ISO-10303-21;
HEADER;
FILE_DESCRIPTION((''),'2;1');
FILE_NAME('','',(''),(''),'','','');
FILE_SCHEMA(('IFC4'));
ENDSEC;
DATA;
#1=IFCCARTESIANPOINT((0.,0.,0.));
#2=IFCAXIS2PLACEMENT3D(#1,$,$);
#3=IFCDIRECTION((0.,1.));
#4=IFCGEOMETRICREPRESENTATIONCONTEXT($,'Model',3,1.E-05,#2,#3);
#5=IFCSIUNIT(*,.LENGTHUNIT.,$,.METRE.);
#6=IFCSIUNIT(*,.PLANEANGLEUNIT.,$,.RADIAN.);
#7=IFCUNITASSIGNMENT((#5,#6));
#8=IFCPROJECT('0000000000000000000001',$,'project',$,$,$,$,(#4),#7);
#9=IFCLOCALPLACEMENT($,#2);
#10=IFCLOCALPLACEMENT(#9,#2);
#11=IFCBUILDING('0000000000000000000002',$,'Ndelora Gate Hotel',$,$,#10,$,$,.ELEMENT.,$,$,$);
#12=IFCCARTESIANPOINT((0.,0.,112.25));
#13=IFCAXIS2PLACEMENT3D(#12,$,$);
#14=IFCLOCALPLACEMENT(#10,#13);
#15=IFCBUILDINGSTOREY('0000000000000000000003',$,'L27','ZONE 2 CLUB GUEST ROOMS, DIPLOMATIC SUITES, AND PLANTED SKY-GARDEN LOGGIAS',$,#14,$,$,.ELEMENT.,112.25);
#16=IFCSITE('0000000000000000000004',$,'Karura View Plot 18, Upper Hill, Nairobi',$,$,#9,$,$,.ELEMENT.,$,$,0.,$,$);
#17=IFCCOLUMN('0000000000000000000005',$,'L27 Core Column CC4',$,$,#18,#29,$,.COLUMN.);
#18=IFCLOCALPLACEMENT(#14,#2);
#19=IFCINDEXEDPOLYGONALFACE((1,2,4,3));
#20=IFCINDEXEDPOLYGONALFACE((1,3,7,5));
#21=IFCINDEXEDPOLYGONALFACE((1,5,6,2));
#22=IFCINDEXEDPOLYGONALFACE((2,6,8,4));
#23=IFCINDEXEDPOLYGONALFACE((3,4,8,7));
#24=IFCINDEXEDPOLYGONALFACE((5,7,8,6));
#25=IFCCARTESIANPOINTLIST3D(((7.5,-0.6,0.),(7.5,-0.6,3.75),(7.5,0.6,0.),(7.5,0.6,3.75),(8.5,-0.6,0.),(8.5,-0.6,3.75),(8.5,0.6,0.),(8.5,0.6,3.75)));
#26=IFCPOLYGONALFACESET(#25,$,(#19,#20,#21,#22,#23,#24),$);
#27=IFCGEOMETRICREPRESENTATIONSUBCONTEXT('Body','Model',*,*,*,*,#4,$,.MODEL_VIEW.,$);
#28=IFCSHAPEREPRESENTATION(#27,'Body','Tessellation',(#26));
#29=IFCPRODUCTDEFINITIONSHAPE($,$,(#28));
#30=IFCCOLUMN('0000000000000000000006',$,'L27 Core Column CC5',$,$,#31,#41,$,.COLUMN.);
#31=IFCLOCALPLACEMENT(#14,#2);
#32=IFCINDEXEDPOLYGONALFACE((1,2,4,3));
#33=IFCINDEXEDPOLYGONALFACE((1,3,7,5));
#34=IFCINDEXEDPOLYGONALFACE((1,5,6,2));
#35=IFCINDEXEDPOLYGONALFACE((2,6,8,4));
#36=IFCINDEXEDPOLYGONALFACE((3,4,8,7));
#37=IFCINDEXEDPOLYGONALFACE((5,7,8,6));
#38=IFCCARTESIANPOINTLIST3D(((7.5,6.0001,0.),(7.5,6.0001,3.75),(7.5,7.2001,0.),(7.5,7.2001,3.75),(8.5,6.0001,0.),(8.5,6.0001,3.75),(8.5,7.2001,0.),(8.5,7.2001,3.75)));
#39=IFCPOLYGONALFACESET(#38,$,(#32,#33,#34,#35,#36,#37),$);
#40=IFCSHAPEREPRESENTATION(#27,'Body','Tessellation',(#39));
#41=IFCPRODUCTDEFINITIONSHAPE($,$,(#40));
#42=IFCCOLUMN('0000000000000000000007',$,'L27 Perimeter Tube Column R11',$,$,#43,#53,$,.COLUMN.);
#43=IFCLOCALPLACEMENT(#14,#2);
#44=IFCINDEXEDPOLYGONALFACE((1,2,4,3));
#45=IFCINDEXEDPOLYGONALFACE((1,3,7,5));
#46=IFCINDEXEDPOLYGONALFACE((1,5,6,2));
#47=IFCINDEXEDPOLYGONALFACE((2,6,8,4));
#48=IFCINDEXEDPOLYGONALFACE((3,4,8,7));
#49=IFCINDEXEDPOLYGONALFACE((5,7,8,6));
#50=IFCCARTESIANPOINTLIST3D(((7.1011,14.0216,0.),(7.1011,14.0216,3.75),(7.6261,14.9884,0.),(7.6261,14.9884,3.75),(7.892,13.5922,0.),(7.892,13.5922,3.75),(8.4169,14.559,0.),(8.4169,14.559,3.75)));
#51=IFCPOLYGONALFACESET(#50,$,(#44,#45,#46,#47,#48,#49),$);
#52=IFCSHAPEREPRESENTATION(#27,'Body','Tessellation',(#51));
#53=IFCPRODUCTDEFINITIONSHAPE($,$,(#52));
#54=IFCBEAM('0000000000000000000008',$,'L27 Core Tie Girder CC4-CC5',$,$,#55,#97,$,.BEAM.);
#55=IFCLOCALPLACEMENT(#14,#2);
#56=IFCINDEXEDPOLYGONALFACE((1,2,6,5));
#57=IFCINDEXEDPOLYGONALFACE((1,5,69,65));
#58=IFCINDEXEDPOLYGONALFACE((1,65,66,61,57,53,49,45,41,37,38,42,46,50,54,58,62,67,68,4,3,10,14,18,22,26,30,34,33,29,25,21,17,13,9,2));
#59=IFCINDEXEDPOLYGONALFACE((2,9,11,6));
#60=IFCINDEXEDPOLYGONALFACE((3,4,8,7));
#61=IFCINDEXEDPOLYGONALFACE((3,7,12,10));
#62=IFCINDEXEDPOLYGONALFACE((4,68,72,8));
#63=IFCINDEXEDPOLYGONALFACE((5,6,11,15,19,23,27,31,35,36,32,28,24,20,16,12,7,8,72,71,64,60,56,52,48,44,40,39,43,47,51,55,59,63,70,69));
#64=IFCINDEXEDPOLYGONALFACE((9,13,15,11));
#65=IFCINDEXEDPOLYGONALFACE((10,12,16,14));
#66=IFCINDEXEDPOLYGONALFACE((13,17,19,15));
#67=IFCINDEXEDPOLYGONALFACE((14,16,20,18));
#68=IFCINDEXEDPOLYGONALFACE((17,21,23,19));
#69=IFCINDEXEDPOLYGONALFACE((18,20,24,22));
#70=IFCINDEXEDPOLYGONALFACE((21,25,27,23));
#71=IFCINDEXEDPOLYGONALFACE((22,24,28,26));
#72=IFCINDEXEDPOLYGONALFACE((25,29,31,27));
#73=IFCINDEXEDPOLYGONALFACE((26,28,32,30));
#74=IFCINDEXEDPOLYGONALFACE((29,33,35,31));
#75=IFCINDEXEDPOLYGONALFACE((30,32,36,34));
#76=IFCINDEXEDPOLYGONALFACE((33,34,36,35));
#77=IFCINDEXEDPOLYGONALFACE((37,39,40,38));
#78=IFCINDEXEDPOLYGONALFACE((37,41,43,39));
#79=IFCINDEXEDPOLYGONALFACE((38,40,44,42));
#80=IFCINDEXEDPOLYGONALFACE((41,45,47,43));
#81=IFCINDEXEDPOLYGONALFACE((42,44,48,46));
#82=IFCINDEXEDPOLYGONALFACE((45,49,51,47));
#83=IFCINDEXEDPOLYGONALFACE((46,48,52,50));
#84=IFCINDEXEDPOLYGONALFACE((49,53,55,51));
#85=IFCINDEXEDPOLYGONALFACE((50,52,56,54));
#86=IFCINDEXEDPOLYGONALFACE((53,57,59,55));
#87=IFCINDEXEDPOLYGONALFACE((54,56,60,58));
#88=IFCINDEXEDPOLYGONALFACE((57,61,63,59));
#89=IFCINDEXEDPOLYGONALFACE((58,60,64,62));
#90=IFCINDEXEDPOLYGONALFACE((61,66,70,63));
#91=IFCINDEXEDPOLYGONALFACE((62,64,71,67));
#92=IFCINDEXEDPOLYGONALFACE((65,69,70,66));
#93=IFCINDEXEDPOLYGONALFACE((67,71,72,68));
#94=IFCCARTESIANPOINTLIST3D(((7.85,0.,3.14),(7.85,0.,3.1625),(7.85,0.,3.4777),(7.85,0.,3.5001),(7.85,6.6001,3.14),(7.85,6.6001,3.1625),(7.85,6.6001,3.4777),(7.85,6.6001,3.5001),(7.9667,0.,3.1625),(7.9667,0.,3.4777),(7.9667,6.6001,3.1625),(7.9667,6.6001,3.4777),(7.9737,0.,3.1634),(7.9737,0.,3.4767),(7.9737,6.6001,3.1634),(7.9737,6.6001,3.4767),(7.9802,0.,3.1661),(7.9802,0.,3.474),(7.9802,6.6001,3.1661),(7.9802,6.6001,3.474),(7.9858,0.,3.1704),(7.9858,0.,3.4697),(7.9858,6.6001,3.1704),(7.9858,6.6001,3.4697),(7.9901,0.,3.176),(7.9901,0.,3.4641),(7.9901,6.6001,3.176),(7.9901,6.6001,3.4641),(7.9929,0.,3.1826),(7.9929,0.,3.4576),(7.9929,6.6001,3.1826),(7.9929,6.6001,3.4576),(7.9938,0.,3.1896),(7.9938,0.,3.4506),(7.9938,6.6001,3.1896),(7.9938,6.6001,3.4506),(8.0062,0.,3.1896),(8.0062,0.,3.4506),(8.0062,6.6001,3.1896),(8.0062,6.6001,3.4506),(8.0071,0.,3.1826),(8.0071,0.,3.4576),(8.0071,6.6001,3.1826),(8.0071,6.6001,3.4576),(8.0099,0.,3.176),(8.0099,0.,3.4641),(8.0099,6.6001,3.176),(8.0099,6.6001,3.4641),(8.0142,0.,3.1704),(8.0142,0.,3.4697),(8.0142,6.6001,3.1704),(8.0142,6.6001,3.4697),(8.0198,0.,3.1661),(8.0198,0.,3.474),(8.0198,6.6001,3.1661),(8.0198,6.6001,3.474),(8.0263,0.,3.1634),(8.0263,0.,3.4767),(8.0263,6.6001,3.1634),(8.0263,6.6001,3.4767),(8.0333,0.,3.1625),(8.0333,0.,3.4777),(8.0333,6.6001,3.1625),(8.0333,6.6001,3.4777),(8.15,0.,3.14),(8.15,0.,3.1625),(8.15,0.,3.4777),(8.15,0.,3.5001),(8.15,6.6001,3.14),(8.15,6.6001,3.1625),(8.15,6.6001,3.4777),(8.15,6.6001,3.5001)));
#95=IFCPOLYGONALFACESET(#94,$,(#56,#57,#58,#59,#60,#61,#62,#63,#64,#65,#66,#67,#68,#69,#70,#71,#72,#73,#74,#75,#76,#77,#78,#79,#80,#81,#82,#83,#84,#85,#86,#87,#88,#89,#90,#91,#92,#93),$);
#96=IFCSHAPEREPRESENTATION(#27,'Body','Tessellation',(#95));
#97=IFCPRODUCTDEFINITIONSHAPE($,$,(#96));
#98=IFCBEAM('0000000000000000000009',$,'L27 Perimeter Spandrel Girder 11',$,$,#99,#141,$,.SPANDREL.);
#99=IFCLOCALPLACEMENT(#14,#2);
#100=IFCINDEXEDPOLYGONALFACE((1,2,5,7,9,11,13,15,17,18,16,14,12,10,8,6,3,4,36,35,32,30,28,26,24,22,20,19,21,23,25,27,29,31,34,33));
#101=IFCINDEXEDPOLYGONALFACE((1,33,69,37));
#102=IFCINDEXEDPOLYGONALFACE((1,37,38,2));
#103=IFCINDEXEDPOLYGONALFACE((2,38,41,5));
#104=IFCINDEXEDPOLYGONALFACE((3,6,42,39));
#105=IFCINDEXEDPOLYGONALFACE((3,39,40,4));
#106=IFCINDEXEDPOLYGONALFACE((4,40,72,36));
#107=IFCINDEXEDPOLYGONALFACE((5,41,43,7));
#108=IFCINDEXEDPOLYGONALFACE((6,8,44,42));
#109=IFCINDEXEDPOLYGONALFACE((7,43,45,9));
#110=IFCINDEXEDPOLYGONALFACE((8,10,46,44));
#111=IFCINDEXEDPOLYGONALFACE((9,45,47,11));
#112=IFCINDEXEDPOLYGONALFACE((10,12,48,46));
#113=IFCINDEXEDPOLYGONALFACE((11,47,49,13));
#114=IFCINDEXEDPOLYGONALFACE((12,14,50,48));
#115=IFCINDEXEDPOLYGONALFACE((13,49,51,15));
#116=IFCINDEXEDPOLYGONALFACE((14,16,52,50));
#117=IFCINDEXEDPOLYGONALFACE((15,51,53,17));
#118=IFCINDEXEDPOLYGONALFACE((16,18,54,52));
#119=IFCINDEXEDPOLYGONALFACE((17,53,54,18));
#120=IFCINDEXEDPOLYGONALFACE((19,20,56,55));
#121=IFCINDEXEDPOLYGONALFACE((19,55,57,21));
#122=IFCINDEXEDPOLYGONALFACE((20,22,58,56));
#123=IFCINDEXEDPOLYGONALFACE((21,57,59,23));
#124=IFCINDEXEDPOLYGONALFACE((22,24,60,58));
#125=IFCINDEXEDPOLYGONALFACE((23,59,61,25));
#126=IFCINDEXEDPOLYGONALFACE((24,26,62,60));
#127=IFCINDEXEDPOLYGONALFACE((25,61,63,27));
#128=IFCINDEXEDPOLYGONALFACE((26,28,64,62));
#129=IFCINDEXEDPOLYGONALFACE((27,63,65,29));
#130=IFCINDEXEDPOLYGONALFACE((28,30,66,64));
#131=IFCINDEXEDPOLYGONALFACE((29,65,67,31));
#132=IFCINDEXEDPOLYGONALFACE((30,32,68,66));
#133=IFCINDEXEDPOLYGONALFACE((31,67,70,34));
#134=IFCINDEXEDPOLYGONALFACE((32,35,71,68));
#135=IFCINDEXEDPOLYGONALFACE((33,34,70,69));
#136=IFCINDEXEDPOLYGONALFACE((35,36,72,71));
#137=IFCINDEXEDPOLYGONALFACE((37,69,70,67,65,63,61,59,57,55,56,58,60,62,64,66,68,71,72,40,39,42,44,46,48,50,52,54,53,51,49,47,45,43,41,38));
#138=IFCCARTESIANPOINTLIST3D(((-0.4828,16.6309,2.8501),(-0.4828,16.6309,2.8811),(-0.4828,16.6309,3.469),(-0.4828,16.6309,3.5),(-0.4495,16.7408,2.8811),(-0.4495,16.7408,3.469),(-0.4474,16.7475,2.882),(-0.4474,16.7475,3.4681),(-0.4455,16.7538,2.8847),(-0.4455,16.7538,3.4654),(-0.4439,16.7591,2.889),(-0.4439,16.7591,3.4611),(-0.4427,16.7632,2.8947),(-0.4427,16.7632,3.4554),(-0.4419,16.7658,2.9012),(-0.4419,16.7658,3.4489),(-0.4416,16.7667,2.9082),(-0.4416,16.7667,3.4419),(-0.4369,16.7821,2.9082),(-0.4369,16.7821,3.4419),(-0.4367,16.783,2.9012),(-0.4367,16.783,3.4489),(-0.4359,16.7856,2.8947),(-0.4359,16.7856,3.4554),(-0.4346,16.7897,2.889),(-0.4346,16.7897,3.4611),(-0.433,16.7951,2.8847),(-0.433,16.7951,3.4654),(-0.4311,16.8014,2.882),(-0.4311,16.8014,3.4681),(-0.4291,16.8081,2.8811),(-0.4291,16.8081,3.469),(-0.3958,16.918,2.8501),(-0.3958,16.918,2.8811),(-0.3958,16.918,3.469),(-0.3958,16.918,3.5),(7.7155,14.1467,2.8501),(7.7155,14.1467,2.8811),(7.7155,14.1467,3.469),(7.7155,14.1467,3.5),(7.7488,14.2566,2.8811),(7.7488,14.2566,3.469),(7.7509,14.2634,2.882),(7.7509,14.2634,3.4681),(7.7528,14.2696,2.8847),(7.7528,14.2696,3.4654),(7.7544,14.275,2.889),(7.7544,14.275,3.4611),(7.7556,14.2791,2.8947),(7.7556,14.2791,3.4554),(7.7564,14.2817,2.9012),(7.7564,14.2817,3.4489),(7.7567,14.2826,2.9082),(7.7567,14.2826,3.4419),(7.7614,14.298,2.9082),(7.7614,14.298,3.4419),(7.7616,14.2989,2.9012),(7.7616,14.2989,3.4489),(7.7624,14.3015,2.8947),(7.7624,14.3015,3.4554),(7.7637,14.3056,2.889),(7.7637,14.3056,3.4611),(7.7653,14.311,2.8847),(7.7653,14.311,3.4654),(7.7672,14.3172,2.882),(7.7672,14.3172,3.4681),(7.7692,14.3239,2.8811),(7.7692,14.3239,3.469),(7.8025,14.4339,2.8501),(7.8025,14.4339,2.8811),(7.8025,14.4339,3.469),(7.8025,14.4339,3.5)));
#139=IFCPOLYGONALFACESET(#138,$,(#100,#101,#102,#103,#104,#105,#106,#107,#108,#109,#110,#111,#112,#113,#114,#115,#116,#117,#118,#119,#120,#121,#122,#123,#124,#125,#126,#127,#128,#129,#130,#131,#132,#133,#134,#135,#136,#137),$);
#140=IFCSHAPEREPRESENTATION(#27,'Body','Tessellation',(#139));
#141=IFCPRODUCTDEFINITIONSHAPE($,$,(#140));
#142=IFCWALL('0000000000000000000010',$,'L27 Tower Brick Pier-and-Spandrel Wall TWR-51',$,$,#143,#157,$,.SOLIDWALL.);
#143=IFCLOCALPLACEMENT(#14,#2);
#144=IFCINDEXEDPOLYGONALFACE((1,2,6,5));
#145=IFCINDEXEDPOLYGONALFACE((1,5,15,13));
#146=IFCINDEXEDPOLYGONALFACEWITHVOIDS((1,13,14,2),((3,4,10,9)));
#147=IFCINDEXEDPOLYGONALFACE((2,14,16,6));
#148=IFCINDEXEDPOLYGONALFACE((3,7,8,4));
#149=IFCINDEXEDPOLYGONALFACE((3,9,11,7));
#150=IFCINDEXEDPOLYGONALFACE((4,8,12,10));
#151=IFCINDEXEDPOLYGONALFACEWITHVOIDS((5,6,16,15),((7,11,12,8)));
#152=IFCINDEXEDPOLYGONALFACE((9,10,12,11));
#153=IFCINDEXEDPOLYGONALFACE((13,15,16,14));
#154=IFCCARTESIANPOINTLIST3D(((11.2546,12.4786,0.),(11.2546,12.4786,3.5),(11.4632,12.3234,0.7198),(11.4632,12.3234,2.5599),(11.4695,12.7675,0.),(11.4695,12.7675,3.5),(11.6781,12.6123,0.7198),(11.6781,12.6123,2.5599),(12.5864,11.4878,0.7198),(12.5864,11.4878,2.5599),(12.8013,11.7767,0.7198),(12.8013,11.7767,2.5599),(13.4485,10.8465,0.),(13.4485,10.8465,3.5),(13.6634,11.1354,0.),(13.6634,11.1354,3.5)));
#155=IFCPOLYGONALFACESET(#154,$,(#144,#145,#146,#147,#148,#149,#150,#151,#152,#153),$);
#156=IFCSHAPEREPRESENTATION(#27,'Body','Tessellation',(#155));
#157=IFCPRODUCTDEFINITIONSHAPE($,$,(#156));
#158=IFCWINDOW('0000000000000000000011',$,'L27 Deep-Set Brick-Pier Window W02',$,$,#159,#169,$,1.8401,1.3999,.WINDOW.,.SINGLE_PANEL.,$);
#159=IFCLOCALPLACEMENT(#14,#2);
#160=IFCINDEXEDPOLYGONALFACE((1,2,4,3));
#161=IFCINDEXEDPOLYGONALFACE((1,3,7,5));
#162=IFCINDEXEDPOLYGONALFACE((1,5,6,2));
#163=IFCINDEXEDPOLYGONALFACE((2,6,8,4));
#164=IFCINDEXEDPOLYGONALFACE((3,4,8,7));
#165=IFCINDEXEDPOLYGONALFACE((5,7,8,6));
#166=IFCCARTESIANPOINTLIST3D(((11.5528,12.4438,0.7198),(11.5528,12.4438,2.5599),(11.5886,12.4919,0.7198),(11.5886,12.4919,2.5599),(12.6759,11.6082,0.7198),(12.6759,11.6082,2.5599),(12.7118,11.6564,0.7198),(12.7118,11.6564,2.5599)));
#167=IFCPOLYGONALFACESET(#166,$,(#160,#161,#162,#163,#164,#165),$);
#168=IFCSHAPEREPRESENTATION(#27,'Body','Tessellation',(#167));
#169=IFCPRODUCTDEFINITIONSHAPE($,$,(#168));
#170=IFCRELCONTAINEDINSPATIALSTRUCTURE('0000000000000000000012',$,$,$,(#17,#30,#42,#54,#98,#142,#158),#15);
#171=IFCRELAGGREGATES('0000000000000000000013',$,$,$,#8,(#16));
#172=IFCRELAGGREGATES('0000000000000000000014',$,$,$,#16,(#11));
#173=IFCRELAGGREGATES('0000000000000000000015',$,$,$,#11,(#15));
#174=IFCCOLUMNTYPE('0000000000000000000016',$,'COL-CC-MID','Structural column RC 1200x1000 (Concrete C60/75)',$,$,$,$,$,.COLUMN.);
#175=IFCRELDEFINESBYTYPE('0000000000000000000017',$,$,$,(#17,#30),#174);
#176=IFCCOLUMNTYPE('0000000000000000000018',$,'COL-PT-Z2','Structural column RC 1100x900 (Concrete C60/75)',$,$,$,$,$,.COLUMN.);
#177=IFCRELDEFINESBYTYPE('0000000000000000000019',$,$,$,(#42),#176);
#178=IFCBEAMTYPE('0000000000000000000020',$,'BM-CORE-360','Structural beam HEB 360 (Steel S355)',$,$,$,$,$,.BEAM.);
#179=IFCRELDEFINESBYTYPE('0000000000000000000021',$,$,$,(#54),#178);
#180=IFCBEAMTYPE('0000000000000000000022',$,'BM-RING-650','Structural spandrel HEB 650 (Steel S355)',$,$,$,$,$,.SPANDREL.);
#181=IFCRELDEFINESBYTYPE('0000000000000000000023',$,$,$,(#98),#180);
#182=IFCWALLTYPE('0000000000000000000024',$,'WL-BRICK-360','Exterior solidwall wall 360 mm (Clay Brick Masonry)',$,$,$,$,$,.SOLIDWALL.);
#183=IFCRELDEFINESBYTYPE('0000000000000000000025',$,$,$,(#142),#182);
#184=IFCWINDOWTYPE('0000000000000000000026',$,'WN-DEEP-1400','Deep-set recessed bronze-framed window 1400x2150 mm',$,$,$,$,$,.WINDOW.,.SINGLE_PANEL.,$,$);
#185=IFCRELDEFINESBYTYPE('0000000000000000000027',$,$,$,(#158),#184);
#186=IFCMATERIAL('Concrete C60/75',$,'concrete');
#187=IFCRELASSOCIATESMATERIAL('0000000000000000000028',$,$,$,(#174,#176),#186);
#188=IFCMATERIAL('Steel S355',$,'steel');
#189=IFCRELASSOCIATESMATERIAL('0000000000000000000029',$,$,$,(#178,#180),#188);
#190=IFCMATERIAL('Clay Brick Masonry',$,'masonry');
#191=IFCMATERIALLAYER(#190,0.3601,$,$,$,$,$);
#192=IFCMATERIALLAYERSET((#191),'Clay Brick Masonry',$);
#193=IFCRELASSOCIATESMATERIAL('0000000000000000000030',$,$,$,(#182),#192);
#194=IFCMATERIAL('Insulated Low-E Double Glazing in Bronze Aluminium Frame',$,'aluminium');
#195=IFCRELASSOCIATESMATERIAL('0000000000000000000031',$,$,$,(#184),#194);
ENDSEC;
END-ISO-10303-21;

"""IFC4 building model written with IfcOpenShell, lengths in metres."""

from ifc_helpers import new_model, si_unit, direction, frame, frame_2d, origin, origin_2d, place, context, subcontext, project, spatial, rectangle, i_section, extrude, material, layer, layer_set, material_profile, profile_set, type_object, element, fill, save


model = new_model("IFC4")

# Units and contexts
model_context = context("Model", 3, precision=1e-05, world=origin(), true_north=direction((0.0, 1.0)))
body_context = subcontext(model_context, "Body", "Model", "MODEL_VIEW")
ifc_project = project(units=[si_unit("LENGTHUNIT", "METRE"), si_unit("PLANEANGLEUNIT", "RADIAN")], contexts=[model_context])

# Site, building, storey
site_placement = place(None, origin())
site = spatial("IfcSite", under=ifc_project, at=site_placement, Name="Karura View Plot 18, Upper Hill, Nairobi", CompositionType="ELEMENT", RefElevation=0.0)
building_placement = place(site_placement, origin())
building = spatial("IfcBuilding", under=site, at=building_placement, Name="Ndelora Gate Hotel", CompositionType="ELEMENT")
storey_placement = place(building_placement, frame((0.0, 0.0, 112.25)))
storey = spatial("IfcBuildingStorey", under=building, at=storey_placement, Name="L27", Description="ZONE 2 CLUB GUEST ROOMS, DIPLOMATIC SUITES, AND PLANTED SKY-GARDEN LOGGIAS", CompositionType="ELEMENT", Elevation=112.25)

# Columns
ifc_material_1 = material(Name="Concrete C60/75", Category="concrete")
ifc_material_profile_1 = material_profile(ifc_material_1, rectangle(XDim=1.0, YDim=1.2, at=origin_2d()), Name="RC 1200x1000")
ifc_profile_set_1 = profile_set([ifc_material_profile_1], Name="Concrete C60/75")
column_type_1 = type_object("IfcColumnType", Name="COL-CC-MID", Description="Structural column RC 1200x1000 (Concrete C60/75)", PredefinedType="COLUMN", material=ifc_profile_set_1)
for number, where, z_axis, x_axis, name in (
    (1, (8.0, 0.0, 0.0), (0.0, 0.0, 1.0), (1.0, 0.0, 0.0), "L27 Core Column CC4"),
    (2, (8.0, 6.6001, 0.0), (0.0, 0.0, 1.0), (1.0, 0.0, 0.0), "L27 Core Column CC5"),
):
    element("IfcColumn", number, at=place(storey_placement, frame(where, z_axis=z_axis, x_axis=x_axis)), inside=storey, type_object=column_type_1, Name=name, PredefinedType="COLUMN", context=body_context, shape_type="SweptSolid", body=[
        extrude(rectangle(XDim=1.0, YDim=1.2, at=origin_2d()), origin(), (0.0, 0.0, 1.0), 3.75),
    ])
ifc_material_profile_2 = material_profile(ifc_material_1, rectangle(XDim=0.8999, YDim=1.1001, at=origin_2d()), Name="RC 1100x900")
ifc_profile_set_2 = profile_set([ifc_material_profile_2], Name="Concrete C60/75")
column_type_2 = type_object("IfcColumnType", Name="COL-PT-Z2", Description="Structural column RC 1100x900 (Concrete C60/75)", PredefinedType="COLUMN", material=ifc_profile_set_2)
column_placement = place(storey_placement, frame((7.759, 14.2903, 0.0), z_axis=(0.0, 0.0, 1.0), x_axis=(-0.878817, 0.477159, 0.0)))
element("IfcColumn", 3, at=column_placement, inside=storey, type_object=column_type_2, Name="L27 Perimeter Tube Column R11", PredefinedType="COLUMN", context=body_context, shape_type="SweptSolid", body=[
    extrude(rectangle(XDim=0.8999, YDim=1.1001, at=origin_2d()), origin(), (0.0, 0.0, 1.0), 3.75),
])

# Beams
ifc_material_2 = material(Name="Steel S355", Category="steel")
ifc_material_profile_3 = material_profile(ifc_material_2, i_section(OverallWidth=0.3, OverallDepth=0.3601, WebThickness=0.0125, FlangeThickness=0.0225, FilletRadius=0.0271, at=origin_2d()), Name="HEB 360")
ifc_profile_set_3 = profile_set([ifc_material_profile_3], Name="Steel S355")
beam_type_1 = type_object("IfcBeamType", Name="BM-CORE-360", Description="Structural beam HEB 360 (Steel S355)", PredefinedType="BEAM", material=ifc_profile_set_3)
beam_1_placement = place(storey_placement, frame((8.0, 0.0, 3.3201), z_axis=(0.0, 1.0, 0.0), x_axis=(-1.0, 0.0, 0.0)))
element("IfcBeam", 4, at=beam_1_placement, inside=storey, type_object=beam_type_1, Name="L27 Core Tie Girder CC4-CC5", PredefinedType="BEAM", context=body_context, shape_type="SweptSolid", body=[
    extrude(i_section(OverallWidth=0.3, OverallDepth=0.3601, WebThickness=0.0125, FlangeThickness=0.0225, FilletRadius=0.0271, at=origin_2d()), origin(), (0.0, 0.0, 1.0), 6.6001),
])
ifc_material_profile_4 = material_profile(ifc_material_2, i_section(OverallWidth=0.3, OverallDepth=0.6499, WebThickness=0.0161, FlangeThickness=0.031, FilletRadius=0.0271, at=origin_2d()), Name="HEB 650")
ifc_profile_set_4 = profile_set([ifc_material_profile_4], Name="Steel S355")
beam_type_2 = type_object("IfcBeamType", Name="BM-RING-650", Description="Structural spandrel HEB 650 (Steel S355)", PredefinedType="SPANDREL", material=ifc_profile_set_4)
beam_2_placement = place(storey_placement, frame((7.759, 14.2903, 3.175), z_axis=(-0.95703, 0.289988, 0.0), x_axis=(-0.289988, -0.95703, 0.0)))
element("IfcBeam", 5, at=beam_2_placement, inside=storey, type_object=beam_type_2, Name="L27 Perimeter Spandrel Girder 11", PredefinedType="SPANDREL", context=body_context, shape_type="SweptSolid", body=[
    extrude(i_section(OverallWidth=0.3, OverallDepth=0.6499, WebThickness=0.0161, FlangeThickness=0.031, FilletRadius=0.0271, at=origin_2d()), origin(), (0.0, 0.0, 1.0), 8.5664),
])

# Wall, opening, window
ifc_material_3 = material(Name="Clay Brick Masonry", Category="masonry")
ifc_layer_1 = layer(ifc_material_3, 0.3601)
ifc_layer_set_1 = layer_set([ifc_layer_1], Name="Clay Brick Masonry")
wall_type_1 = type_object("IfcWallType", Name="WL-BRICK-360", Description="Exterior solidwall wall 360 mm (Clay Brick Masonry)", PredefinedType="SOLIDWALL", material=ifc_layer_set_1)
wall_1_placement = place(storey_placement, frame((11.3621, 12.623, 0.0), z_axis=(0.0, 0.0, 1.0), x_axis=(0.80233, -0.596881, 0.0)))
wall_1 = element("IfcWall", 6, at=wall_1_placement, inside=storey, type_object=wall_type_1, Name="L27 Tower Brick Pier-and-Spandrel Wall TWR-51", PredefinedType="SOLIDWALL", context=body_context, shape_type="SweptSolid", body=[
    extrude(rectangle(XDim=2.7344, YDim=0.3601, at=frame_2d((1.3672, 0.0))), origin(), (0.0, 0.0, 1.0), 3.5),
])
opening_1_placement = place(wall_1_placement, frame((0.26, 0.0, 0.72)))
opening_1 = element("IfcOpeningElement", 7, at=opening_1_placement, cuts=wall_1, PredefinedType="OPENING", context=body_context, shape_type="SweptSolid", body=[
    extrude(rectangle(XDim=1.3999, YDim=1.8401, at=frame_2d((0.7, 0.9199))), frame((0.0, 0.1899, 0.0), z_axis=(0.0, -1.0, 0.0), x_axis=(1.0, 0.0, 0.0)), (0.0, 0.0, 1.0), 0.3801),
])
ifc_material_4 = material(Name="Insulated Low-E Double Glazing in Bronze Aluminium Frame", Category="aluminium")
window_type = type_object("IfcWindowType", Name="WN-DEEP-1400", Description="Deep-set recessed bronze-framed window 1400x2150 mm", PartitioningType="SINGLE_PANEL", PredefinedType="WINDOW", material=ifc_material_4)
window_1_placement = place(opening_1_placement, origin())
window_1 = element("IfcWindow", 8, at=window_1_placement, inside=storey, type_object=window_type, Name="L27 Deep-Set Brick-Pier Window W02", OverallHeight=1.8401, OverallWidth=1.3999, PartitioningType="SINGLE_PANEL", PredefinedType="WINDOW", context=body_context, shape_type="SweptSolid", body=[
    extrude(rectangle(XDim=1.3999, YDim=1.8401, at=frame_2d((0.7, 0.9199))), frame((0.0, 0.03, 0.0), z_axis=(0.0, -1.0, 0.0), x_axis=(1.0, 0.0, 0.0)), (0.0, 0.0, 1.0), 0.0601),
])
fill(opening_1, window_1)

save(model, "model.ifc")
